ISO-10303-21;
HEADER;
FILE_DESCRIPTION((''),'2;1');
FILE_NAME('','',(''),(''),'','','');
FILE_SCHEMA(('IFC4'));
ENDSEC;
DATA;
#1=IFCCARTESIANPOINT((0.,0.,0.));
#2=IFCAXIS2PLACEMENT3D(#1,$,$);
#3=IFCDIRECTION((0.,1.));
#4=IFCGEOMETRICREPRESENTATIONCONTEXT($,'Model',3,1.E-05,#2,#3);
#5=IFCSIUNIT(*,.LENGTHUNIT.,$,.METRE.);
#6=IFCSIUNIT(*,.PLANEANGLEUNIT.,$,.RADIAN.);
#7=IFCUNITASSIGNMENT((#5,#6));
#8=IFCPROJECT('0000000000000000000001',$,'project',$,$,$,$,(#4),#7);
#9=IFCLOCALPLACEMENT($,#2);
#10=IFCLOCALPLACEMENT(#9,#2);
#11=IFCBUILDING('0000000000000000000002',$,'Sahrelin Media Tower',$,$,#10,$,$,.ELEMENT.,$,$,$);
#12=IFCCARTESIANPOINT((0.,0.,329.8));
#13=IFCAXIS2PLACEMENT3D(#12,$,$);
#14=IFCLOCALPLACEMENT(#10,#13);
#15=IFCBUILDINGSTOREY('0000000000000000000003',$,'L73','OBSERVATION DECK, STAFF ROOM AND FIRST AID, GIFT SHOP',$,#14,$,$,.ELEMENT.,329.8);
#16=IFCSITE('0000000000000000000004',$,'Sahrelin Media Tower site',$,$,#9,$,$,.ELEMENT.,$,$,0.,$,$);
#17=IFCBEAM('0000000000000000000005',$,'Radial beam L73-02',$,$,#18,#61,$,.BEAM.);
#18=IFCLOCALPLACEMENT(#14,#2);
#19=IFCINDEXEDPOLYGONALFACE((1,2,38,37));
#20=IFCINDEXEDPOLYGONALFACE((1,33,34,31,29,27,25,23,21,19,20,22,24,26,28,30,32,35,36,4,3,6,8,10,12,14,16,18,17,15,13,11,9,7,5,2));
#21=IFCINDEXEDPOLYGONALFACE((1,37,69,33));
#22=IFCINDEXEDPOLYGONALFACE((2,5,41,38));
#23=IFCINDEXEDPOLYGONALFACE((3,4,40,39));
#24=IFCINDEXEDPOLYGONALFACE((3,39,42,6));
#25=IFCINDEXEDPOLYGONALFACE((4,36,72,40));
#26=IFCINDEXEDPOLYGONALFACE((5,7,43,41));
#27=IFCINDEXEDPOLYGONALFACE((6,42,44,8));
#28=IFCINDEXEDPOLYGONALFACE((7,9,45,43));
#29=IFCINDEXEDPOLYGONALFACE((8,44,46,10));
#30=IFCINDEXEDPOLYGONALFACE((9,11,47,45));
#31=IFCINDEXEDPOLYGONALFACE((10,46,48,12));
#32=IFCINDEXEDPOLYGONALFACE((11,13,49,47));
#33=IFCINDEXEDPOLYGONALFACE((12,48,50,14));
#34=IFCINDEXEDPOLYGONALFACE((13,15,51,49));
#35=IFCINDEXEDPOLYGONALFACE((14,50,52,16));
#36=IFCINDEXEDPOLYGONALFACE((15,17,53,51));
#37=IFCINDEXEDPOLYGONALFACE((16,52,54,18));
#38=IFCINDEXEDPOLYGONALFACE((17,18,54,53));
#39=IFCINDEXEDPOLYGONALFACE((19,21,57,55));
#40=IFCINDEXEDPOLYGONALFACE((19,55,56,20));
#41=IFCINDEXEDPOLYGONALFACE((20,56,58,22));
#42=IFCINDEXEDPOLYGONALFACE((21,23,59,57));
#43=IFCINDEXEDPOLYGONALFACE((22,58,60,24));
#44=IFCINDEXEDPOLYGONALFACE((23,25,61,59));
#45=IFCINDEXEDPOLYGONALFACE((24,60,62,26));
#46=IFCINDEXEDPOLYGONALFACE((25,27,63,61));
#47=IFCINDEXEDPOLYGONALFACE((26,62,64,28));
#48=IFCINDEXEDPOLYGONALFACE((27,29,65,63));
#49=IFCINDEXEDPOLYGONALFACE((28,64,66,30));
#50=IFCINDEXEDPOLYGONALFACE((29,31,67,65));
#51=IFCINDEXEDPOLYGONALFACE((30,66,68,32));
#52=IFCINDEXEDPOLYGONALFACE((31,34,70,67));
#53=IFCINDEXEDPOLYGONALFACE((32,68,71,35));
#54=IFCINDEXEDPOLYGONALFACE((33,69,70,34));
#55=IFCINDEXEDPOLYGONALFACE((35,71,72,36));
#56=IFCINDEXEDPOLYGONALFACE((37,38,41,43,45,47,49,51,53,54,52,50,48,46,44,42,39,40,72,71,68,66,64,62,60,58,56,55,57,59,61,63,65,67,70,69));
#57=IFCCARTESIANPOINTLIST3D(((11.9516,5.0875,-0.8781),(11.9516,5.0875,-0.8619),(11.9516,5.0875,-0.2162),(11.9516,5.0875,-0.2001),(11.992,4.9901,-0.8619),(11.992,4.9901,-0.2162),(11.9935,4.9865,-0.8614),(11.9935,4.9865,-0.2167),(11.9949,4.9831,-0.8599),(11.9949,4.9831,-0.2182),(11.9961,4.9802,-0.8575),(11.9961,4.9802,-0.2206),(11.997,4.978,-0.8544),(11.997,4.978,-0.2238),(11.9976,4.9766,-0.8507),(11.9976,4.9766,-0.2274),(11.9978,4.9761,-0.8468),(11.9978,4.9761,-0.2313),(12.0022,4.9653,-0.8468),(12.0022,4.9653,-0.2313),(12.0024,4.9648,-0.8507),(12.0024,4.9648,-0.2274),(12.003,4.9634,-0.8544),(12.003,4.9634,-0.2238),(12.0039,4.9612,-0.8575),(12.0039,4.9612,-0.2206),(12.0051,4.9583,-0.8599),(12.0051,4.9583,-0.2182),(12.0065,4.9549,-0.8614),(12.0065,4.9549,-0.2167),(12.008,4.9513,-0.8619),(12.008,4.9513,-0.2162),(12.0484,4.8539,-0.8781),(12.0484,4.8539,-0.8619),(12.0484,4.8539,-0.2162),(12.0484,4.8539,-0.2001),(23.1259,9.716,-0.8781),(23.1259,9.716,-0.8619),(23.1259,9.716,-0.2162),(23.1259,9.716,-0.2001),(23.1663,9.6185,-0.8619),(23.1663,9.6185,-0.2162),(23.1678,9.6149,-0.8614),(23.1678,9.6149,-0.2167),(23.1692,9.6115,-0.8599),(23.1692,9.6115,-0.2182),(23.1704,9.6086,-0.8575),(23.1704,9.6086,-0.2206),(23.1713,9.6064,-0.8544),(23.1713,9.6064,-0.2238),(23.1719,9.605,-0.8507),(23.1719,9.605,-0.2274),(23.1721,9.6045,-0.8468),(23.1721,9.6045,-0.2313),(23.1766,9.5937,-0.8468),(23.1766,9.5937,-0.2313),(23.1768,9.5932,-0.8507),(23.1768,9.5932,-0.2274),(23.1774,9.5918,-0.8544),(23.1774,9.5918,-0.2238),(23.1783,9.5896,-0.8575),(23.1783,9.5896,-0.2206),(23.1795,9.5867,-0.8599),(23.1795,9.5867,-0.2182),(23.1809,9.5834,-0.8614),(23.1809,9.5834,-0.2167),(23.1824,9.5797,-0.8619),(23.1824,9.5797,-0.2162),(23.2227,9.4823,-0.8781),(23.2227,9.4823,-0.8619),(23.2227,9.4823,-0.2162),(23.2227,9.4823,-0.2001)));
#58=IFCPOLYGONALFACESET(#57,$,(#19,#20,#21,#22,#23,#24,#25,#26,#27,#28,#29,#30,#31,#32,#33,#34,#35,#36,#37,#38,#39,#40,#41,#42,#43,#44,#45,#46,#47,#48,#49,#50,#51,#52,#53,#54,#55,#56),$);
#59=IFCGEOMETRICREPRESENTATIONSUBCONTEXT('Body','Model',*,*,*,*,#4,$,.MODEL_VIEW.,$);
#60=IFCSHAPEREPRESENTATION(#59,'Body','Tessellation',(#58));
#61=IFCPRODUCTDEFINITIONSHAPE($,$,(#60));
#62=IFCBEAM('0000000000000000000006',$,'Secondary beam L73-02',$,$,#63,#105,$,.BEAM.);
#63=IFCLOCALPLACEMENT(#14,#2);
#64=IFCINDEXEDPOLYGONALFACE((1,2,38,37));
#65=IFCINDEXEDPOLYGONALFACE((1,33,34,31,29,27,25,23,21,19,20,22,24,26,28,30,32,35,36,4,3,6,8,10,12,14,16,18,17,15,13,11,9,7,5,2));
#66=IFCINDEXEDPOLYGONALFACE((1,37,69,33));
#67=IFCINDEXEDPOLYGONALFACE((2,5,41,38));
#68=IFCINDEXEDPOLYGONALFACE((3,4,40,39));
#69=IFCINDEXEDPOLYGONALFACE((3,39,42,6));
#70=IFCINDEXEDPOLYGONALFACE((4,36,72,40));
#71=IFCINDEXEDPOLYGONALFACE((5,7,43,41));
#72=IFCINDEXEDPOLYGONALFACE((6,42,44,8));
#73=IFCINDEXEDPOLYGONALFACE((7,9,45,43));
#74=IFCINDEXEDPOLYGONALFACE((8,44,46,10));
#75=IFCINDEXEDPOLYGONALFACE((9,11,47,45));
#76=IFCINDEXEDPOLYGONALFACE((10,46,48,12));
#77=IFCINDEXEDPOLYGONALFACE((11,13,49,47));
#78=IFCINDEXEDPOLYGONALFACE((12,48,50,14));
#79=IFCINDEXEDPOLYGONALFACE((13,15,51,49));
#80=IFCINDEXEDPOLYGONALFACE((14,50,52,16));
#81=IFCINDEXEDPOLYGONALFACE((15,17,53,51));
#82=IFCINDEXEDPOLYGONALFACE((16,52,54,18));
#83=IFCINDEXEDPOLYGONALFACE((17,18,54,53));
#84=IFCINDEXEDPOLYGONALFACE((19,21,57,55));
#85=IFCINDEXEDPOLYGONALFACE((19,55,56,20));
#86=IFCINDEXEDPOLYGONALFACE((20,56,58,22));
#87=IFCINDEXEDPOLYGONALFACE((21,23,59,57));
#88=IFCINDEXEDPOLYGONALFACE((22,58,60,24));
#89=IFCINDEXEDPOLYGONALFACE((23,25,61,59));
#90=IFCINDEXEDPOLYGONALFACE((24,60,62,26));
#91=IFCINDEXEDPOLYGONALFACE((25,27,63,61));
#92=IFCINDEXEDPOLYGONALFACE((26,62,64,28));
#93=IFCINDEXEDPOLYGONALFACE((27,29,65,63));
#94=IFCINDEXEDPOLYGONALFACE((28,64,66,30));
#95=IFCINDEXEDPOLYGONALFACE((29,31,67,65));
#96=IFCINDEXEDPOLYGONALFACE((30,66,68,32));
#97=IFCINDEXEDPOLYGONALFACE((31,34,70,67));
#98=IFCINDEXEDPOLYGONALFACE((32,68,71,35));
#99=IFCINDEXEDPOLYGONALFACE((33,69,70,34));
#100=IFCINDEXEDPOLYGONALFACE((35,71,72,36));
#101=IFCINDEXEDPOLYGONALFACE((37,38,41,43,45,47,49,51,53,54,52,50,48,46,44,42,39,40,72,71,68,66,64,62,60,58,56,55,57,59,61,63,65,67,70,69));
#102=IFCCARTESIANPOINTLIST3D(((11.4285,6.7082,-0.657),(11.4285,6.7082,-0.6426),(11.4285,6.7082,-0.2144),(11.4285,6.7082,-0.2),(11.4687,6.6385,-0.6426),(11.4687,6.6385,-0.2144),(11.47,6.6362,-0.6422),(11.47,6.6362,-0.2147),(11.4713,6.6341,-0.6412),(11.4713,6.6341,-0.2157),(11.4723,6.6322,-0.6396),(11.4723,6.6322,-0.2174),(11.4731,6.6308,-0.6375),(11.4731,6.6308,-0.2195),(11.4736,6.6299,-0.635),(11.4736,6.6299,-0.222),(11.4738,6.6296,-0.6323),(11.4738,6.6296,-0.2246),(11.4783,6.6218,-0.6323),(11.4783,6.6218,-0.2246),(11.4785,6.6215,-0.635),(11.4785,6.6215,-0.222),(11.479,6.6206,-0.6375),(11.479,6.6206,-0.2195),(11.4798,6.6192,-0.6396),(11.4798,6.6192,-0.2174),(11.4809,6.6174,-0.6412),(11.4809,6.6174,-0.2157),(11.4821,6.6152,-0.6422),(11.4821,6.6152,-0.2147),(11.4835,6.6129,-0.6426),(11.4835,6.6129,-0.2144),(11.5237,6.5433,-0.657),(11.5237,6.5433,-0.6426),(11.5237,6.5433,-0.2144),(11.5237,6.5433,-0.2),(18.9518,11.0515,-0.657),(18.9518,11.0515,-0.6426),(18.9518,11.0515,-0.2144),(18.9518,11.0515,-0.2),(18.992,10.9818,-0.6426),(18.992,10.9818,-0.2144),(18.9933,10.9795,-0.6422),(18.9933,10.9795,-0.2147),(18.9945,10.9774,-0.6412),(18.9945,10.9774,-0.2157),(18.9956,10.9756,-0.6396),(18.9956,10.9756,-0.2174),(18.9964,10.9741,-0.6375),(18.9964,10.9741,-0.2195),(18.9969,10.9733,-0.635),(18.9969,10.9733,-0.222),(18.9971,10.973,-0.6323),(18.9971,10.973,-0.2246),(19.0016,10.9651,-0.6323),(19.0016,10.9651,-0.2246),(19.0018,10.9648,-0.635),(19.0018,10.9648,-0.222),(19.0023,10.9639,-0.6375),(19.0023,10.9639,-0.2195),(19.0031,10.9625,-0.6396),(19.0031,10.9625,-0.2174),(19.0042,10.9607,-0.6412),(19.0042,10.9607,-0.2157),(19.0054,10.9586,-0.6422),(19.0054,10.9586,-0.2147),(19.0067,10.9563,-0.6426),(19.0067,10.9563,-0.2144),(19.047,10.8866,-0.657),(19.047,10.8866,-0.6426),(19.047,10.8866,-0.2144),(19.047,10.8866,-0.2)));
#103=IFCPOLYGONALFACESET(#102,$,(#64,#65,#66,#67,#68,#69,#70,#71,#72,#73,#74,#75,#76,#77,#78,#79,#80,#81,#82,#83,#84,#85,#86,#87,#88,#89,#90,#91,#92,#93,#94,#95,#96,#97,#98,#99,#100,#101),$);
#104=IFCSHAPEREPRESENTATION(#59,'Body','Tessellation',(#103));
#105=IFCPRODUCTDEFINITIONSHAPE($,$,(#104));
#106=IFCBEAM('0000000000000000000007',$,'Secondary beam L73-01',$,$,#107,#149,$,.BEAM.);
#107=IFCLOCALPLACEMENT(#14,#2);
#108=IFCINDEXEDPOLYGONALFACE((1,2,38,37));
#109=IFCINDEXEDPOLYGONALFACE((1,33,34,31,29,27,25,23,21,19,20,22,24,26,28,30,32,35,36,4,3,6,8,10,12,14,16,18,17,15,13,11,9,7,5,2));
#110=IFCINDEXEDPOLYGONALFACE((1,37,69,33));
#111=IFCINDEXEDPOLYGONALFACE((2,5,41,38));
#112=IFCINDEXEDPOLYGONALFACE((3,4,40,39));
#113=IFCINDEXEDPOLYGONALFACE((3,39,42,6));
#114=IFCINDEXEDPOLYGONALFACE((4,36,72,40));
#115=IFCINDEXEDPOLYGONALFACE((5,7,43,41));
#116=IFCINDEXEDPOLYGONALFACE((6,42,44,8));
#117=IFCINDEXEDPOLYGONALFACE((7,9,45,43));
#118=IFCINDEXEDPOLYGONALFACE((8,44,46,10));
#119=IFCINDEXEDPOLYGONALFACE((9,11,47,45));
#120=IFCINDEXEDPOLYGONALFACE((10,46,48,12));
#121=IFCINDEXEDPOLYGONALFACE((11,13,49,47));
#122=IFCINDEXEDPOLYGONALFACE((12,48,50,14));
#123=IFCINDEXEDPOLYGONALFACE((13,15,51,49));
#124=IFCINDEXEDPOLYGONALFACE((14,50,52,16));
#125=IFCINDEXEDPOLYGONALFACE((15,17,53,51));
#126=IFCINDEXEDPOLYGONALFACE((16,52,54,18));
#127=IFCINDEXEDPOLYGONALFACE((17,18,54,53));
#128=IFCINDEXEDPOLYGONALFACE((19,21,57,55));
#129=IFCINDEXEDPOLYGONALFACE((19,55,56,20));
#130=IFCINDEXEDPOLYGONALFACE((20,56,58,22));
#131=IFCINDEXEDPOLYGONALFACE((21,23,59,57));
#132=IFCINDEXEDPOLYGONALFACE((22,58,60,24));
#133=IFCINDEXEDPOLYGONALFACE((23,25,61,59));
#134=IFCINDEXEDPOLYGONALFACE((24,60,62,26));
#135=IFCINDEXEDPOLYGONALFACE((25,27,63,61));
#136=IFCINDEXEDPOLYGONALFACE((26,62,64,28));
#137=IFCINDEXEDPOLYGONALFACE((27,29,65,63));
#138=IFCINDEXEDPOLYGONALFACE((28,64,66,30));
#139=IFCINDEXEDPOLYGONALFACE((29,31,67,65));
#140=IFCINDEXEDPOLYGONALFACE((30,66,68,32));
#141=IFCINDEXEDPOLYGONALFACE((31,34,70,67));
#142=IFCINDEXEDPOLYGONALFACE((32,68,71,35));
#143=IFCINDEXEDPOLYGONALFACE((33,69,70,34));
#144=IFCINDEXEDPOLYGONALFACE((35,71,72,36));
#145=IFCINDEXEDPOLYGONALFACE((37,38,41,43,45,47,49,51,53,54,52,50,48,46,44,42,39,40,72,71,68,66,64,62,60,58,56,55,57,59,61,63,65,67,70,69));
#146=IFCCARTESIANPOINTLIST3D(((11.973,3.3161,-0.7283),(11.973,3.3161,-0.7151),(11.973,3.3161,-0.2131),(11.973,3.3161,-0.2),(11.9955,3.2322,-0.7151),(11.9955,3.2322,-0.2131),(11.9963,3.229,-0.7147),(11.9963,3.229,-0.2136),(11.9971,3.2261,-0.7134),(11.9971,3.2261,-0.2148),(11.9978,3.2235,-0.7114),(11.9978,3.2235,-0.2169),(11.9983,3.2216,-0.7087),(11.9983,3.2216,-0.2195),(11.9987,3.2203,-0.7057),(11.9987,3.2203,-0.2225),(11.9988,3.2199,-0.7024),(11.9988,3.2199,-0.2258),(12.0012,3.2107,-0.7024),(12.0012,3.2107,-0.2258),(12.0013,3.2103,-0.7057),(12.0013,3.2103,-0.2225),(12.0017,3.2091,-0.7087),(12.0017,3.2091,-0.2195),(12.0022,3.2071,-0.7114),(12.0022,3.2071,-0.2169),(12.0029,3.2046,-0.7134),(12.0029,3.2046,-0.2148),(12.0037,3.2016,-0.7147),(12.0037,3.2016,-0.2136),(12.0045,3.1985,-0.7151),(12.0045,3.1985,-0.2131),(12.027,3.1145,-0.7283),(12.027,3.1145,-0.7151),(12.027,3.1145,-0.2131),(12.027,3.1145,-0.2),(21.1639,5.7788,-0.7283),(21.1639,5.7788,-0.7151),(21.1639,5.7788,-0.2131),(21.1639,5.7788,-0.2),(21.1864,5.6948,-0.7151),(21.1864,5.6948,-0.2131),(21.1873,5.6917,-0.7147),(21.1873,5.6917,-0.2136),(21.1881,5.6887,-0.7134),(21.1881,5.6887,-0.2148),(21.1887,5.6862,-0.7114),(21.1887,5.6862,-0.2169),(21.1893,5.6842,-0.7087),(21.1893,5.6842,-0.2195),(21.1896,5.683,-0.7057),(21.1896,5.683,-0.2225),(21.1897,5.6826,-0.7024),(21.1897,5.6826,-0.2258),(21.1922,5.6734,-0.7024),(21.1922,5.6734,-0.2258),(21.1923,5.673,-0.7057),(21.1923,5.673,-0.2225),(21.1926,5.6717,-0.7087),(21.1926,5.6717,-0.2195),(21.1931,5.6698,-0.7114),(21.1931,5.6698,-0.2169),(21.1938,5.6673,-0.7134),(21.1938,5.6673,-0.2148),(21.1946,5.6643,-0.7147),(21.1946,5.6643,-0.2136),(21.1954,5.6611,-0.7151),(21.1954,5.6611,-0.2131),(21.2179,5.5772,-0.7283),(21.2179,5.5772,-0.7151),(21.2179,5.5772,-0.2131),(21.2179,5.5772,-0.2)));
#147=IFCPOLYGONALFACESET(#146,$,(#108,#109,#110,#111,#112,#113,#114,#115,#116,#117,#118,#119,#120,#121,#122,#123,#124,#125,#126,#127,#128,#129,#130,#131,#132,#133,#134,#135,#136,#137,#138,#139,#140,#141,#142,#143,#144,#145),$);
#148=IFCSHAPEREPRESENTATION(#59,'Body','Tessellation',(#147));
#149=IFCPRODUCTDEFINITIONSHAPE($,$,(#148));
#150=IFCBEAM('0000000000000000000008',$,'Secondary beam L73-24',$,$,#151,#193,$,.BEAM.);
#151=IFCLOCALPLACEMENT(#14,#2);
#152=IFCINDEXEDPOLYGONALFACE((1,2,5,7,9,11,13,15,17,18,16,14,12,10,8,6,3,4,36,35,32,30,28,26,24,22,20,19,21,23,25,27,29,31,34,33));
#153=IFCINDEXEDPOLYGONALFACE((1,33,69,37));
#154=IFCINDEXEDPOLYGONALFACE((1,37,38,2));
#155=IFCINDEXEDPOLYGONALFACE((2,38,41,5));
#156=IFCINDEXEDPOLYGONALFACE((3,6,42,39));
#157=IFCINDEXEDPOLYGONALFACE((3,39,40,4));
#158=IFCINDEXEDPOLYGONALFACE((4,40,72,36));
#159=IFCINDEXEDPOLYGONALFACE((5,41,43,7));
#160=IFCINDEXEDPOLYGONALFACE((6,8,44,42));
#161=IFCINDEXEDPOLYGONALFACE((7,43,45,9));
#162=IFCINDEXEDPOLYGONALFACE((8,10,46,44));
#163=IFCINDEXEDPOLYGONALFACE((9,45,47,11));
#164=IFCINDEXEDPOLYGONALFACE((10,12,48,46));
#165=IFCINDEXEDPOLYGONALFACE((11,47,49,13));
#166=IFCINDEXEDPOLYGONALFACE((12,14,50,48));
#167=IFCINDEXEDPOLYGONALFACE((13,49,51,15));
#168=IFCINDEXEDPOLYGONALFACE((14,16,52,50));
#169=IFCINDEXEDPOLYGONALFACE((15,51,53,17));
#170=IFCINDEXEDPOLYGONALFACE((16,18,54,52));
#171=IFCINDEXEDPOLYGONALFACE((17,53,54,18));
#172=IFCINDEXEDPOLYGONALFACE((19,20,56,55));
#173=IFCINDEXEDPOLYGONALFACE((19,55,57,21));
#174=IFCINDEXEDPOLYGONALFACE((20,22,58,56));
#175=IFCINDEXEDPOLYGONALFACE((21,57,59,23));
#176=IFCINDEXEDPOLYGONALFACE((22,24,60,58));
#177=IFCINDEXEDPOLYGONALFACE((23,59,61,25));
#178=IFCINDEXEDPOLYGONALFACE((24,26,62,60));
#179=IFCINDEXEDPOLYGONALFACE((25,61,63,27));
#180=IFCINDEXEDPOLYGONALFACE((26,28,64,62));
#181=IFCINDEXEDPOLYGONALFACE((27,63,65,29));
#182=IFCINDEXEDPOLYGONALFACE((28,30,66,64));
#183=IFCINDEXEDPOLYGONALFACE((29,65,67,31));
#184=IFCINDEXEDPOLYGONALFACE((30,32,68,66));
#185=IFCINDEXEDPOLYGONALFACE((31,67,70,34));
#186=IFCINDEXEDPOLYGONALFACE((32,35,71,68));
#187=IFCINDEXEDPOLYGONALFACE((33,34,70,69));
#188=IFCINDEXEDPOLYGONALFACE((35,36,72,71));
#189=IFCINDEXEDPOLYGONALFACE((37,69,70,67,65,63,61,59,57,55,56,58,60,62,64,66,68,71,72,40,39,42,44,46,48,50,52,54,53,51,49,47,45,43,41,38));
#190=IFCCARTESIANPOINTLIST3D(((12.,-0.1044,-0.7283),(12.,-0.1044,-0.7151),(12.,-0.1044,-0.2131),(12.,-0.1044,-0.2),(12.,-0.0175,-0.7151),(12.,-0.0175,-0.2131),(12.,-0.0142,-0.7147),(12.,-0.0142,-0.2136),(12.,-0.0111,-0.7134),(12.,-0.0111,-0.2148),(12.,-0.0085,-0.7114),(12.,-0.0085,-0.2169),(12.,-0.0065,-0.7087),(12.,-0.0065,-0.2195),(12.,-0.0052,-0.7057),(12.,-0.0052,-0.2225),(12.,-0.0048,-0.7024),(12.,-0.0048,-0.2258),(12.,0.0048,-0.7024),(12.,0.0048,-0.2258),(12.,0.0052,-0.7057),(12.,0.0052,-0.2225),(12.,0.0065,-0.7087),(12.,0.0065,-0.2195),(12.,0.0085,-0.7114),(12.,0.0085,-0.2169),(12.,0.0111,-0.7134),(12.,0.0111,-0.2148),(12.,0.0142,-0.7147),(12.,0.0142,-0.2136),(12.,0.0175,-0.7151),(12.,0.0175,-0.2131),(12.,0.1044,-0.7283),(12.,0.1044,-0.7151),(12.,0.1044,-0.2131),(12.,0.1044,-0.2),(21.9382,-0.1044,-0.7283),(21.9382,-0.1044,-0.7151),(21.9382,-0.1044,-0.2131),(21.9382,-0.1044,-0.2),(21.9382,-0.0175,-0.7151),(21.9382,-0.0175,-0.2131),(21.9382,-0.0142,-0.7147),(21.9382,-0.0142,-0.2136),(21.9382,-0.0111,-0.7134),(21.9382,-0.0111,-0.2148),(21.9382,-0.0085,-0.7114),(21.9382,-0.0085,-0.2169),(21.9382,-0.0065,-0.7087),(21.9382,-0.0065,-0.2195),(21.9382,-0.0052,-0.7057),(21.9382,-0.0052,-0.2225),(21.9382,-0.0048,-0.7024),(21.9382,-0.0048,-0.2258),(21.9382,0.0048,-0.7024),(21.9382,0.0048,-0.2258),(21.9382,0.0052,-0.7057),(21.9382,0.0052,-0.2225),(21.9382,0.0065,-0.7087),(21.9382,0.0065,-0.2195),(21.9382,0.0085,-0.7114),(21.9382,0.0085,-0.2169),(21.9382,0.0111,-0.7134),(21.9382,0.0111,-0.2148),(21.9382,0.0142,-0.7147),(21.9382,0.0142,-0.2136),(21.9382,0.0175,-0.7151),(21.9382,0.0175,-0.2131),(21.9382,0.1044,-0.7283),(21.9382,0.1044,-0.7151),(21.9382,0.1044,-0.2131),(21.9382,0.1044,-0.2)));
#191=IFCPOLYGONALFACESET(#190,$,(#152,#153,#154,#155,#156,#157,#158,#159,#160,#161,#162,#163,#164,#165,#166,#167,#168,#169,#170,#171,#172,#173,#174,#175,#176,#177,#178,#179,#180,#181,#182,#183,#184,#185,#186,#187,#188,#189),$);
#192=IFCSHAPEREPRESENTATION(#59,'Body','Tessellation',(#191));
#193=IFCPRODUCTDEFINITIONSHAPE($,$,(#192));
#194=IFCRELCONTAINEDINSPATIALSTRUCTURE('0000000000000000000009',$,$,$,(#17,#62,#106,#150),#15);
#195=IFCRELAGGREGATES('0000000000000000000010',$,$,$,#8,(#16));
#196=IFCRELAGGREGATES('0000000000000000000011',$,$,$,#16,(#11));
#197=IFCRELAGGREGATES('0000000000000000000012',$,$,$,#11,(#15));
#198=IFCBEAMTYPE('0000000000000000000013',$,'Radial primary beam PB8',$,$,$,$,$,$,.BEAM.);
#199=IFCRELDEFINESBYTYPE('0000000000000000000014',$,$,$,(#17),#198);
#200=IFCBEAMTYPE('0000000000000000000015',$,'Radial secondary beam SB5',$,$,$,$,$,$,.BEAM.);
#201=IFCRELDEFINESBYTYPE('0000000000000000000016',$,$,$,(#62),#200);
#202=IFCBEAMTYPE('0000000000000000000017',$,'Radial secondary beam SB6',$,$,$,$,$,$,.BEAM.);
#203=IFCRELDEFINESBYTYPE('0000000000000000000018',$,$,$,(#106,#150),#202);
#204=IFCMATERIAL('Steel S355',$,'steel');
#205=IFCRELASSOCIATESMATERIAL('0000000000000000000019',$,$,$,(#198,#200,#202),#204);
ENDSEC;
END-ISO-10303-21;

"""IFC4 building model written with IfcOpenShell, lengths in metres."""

from ifc_helpers import new_model, si_unit, direction, frame, origin, origin_2d, place, context, subcontext, project, spatial, i_section, extrude, material, material_profile, profile_set, type_object, element, save


model = new_model("IFC4")

# Units and contexts
model_context = context("Model", 3, precision=1e-05, world=origin(), true_north=direction((0.0, 1.0)))
body_context = subcontext(model_context, "Body", "Model", "MODEL_VIEW")
ifc_project = project(units=[si_unit("LENGTHUNIT", "METRE"), si_unit("PLANEANGLEUNIT", "RADIAN")], contexts=[model_context])

# Site, building, storey
site_placement = place(None, origin())
site = spatial("IfcSite", under=ifc_project, at=site_placement, Name="Sahrelin Media Tower site", CompositionType="ELEMENT", RefElevation=0.0)
building_placement = place(site_placement, origin())
building = spatial("IfcBuilding", under=site, at=building_placement, Name="Sahrelin Media Tower", CompositionType="ELEMENT")
storey_placement = place(building_placement, frame((0.0, 0.0, 329.8)))
storey = spatial("IfcBuildingStorey", under=building, at=storey_placement, Name="L73", Description="OBSERVATION DECK, STAFF ROOM AND FIRST AID, GIFT SHOP", CompositionType="ELEMENT", Elevation=329.8)

# Shared definitions
ifc_material_1 = material(Name="Steel S355", Category="steel")

# Beams
ifc_material_profile_1 = material_profile(ifc_material_1, i_section(OverallWidth=0.2529, OverallDepth=0.678, WebThickness=0.0117, FlangeThickness=0.0161, FilletRadius=0.0151, at=origin_2d()), Name="UB 686x254x125")
ifc_profile_set_1 = profile_set([ifc_material_profile_1], Name="Steel S355")
beam_type_1 = type_object("IfcBeamType", Name="Radial primary beam PB8", PredefinedType="BEAM", material=ifc_profile_set_1)
beam_1_placement = place(storey_placement, frame((12.0, 4.9707, -0.5391), z_axis=(0.923883, 0.382674, 0.0), x_axis=(-0.382674, 0.923883, 0.0)))
element("IfcBeam", 1, at=beam_1_placement, inside=storey, type_object=beam_type_1, Name="Radial beam L73-02", PredefinedType="BEAM", context=body_context, shape_type="SweptSolid", body=[
    extrude(i_section(OverallWidth=0.2529, OverallDepth=0.678, WebThickness=0.0117, FlangeThickness=0.0161, FilletRadius=0.0151, at=origin_2d()), origin(), (0.0, 0.0, 1.0), 12.095),
])
ifc_material_profile_2 = material_profile(ifc_material_1, i_section(OverallWidth=0.1904, OverallDepth=0.457, WebThickness=0.009, FlangeThickness=0.0144, FilletRadius=0.0103, at=origin_2d()), Name="UB 457x191x74")
ifc_profile_set_2 = profile_set([ifc_material_profile_2], Name="Steel S355")
beam_type_2 = type_object("IfcBeamType", Name="Radial secondary beam SB5", PredefinedType="BEAM", material=ifc_profile_set_2)
beam_2_placement = place(storey_placement, frame((11.4761, 6.6257, -0.4285), z_axis=(0.866038, 0.499978, 0.0), x_axis=(-0.499978, 0.866038, 0.0)))
element("IfcBeam", 2, at=beam_2_placement, inside=storey, type_object=beam_type_2, Name="Secondary beam L73-02", PredefinedType="BEAM", context=body_context, shape_type="SweptSolid", body=[
    extrude(i_section(OverallWidth=0.1904, OverallDepth=0.457, WebThickness=0.009, FlangeThickness=0.0144, FilletRadius=0.0103, at=origin_2d()), origin(), (0.0, 0.0, 1.0), 8.687),
])
ifc_material_profile_3 = material_profile(ifc_material_1, i_section(OverallWidth=0.2087, OverallDepth=0.5283, WebThickness=0.0095, FlangeThickness=0.0132, FilletRadius=0.0127, at=origin_2d()), Name="UB 533x210x82")
ifc_profile_set_3 = profile_set([ifc_material_profile_3], Name="Steel S355")
beam_type_3 = type_object("IfcBeamType", Name="Radial secondary beam SB6", PredefinedType="BEAM", material=ifc_profile_set_3)
beam_3_placement = place(storey_placement, frame((12.0, 3.2153, -0.4641), z_axis=(0.965927, 0.258814, 0.0), x_axis=(-0.258814, 0.965927, 0.0)))
element("IfcBeam", 3, at=beam_3_placement, inside=storey, type_object=beam_type_3, Name="Secondary beam L73-01", PredefinedType="BEAM", context=body_context, shape_type="SweptSolid", body=[
    extrude(i_section(OverallWidth=0.2087, OverallDepth=0.5283, WebThickness=0.0095, FlangeThickness=0.0132, FilletRadius=0.0127, at=origin_2d()), origin(), (0.0, 0.0, 1.0), 9.5151),
])
beam_4_placement = place(storey_placement, frame((12.0, 0.0, -0.4641), z_axis=(1.0, 0.0, 0.0), x_axis=(0.0, 1.0, 0.0)))
element("IfcBeam", 4, at=beam_4_placement, inside=storey, type_object=beam_type_3, Name="Secondary beam L73-24", PredefinedType="BEAM", context=body_context, shape_type="SweptSolid", body=[
    extrude(i_section(OverallWidth=0.2087, OverallDepth=0.5283, WebThickness=0.0095, FlangeThickness=0.0132, FilletRadius=0.0127, at=origin_2d()), origin(), (0.0, 0.0, 1.0), 9.9382),
])

save(model, "model.ifc")
